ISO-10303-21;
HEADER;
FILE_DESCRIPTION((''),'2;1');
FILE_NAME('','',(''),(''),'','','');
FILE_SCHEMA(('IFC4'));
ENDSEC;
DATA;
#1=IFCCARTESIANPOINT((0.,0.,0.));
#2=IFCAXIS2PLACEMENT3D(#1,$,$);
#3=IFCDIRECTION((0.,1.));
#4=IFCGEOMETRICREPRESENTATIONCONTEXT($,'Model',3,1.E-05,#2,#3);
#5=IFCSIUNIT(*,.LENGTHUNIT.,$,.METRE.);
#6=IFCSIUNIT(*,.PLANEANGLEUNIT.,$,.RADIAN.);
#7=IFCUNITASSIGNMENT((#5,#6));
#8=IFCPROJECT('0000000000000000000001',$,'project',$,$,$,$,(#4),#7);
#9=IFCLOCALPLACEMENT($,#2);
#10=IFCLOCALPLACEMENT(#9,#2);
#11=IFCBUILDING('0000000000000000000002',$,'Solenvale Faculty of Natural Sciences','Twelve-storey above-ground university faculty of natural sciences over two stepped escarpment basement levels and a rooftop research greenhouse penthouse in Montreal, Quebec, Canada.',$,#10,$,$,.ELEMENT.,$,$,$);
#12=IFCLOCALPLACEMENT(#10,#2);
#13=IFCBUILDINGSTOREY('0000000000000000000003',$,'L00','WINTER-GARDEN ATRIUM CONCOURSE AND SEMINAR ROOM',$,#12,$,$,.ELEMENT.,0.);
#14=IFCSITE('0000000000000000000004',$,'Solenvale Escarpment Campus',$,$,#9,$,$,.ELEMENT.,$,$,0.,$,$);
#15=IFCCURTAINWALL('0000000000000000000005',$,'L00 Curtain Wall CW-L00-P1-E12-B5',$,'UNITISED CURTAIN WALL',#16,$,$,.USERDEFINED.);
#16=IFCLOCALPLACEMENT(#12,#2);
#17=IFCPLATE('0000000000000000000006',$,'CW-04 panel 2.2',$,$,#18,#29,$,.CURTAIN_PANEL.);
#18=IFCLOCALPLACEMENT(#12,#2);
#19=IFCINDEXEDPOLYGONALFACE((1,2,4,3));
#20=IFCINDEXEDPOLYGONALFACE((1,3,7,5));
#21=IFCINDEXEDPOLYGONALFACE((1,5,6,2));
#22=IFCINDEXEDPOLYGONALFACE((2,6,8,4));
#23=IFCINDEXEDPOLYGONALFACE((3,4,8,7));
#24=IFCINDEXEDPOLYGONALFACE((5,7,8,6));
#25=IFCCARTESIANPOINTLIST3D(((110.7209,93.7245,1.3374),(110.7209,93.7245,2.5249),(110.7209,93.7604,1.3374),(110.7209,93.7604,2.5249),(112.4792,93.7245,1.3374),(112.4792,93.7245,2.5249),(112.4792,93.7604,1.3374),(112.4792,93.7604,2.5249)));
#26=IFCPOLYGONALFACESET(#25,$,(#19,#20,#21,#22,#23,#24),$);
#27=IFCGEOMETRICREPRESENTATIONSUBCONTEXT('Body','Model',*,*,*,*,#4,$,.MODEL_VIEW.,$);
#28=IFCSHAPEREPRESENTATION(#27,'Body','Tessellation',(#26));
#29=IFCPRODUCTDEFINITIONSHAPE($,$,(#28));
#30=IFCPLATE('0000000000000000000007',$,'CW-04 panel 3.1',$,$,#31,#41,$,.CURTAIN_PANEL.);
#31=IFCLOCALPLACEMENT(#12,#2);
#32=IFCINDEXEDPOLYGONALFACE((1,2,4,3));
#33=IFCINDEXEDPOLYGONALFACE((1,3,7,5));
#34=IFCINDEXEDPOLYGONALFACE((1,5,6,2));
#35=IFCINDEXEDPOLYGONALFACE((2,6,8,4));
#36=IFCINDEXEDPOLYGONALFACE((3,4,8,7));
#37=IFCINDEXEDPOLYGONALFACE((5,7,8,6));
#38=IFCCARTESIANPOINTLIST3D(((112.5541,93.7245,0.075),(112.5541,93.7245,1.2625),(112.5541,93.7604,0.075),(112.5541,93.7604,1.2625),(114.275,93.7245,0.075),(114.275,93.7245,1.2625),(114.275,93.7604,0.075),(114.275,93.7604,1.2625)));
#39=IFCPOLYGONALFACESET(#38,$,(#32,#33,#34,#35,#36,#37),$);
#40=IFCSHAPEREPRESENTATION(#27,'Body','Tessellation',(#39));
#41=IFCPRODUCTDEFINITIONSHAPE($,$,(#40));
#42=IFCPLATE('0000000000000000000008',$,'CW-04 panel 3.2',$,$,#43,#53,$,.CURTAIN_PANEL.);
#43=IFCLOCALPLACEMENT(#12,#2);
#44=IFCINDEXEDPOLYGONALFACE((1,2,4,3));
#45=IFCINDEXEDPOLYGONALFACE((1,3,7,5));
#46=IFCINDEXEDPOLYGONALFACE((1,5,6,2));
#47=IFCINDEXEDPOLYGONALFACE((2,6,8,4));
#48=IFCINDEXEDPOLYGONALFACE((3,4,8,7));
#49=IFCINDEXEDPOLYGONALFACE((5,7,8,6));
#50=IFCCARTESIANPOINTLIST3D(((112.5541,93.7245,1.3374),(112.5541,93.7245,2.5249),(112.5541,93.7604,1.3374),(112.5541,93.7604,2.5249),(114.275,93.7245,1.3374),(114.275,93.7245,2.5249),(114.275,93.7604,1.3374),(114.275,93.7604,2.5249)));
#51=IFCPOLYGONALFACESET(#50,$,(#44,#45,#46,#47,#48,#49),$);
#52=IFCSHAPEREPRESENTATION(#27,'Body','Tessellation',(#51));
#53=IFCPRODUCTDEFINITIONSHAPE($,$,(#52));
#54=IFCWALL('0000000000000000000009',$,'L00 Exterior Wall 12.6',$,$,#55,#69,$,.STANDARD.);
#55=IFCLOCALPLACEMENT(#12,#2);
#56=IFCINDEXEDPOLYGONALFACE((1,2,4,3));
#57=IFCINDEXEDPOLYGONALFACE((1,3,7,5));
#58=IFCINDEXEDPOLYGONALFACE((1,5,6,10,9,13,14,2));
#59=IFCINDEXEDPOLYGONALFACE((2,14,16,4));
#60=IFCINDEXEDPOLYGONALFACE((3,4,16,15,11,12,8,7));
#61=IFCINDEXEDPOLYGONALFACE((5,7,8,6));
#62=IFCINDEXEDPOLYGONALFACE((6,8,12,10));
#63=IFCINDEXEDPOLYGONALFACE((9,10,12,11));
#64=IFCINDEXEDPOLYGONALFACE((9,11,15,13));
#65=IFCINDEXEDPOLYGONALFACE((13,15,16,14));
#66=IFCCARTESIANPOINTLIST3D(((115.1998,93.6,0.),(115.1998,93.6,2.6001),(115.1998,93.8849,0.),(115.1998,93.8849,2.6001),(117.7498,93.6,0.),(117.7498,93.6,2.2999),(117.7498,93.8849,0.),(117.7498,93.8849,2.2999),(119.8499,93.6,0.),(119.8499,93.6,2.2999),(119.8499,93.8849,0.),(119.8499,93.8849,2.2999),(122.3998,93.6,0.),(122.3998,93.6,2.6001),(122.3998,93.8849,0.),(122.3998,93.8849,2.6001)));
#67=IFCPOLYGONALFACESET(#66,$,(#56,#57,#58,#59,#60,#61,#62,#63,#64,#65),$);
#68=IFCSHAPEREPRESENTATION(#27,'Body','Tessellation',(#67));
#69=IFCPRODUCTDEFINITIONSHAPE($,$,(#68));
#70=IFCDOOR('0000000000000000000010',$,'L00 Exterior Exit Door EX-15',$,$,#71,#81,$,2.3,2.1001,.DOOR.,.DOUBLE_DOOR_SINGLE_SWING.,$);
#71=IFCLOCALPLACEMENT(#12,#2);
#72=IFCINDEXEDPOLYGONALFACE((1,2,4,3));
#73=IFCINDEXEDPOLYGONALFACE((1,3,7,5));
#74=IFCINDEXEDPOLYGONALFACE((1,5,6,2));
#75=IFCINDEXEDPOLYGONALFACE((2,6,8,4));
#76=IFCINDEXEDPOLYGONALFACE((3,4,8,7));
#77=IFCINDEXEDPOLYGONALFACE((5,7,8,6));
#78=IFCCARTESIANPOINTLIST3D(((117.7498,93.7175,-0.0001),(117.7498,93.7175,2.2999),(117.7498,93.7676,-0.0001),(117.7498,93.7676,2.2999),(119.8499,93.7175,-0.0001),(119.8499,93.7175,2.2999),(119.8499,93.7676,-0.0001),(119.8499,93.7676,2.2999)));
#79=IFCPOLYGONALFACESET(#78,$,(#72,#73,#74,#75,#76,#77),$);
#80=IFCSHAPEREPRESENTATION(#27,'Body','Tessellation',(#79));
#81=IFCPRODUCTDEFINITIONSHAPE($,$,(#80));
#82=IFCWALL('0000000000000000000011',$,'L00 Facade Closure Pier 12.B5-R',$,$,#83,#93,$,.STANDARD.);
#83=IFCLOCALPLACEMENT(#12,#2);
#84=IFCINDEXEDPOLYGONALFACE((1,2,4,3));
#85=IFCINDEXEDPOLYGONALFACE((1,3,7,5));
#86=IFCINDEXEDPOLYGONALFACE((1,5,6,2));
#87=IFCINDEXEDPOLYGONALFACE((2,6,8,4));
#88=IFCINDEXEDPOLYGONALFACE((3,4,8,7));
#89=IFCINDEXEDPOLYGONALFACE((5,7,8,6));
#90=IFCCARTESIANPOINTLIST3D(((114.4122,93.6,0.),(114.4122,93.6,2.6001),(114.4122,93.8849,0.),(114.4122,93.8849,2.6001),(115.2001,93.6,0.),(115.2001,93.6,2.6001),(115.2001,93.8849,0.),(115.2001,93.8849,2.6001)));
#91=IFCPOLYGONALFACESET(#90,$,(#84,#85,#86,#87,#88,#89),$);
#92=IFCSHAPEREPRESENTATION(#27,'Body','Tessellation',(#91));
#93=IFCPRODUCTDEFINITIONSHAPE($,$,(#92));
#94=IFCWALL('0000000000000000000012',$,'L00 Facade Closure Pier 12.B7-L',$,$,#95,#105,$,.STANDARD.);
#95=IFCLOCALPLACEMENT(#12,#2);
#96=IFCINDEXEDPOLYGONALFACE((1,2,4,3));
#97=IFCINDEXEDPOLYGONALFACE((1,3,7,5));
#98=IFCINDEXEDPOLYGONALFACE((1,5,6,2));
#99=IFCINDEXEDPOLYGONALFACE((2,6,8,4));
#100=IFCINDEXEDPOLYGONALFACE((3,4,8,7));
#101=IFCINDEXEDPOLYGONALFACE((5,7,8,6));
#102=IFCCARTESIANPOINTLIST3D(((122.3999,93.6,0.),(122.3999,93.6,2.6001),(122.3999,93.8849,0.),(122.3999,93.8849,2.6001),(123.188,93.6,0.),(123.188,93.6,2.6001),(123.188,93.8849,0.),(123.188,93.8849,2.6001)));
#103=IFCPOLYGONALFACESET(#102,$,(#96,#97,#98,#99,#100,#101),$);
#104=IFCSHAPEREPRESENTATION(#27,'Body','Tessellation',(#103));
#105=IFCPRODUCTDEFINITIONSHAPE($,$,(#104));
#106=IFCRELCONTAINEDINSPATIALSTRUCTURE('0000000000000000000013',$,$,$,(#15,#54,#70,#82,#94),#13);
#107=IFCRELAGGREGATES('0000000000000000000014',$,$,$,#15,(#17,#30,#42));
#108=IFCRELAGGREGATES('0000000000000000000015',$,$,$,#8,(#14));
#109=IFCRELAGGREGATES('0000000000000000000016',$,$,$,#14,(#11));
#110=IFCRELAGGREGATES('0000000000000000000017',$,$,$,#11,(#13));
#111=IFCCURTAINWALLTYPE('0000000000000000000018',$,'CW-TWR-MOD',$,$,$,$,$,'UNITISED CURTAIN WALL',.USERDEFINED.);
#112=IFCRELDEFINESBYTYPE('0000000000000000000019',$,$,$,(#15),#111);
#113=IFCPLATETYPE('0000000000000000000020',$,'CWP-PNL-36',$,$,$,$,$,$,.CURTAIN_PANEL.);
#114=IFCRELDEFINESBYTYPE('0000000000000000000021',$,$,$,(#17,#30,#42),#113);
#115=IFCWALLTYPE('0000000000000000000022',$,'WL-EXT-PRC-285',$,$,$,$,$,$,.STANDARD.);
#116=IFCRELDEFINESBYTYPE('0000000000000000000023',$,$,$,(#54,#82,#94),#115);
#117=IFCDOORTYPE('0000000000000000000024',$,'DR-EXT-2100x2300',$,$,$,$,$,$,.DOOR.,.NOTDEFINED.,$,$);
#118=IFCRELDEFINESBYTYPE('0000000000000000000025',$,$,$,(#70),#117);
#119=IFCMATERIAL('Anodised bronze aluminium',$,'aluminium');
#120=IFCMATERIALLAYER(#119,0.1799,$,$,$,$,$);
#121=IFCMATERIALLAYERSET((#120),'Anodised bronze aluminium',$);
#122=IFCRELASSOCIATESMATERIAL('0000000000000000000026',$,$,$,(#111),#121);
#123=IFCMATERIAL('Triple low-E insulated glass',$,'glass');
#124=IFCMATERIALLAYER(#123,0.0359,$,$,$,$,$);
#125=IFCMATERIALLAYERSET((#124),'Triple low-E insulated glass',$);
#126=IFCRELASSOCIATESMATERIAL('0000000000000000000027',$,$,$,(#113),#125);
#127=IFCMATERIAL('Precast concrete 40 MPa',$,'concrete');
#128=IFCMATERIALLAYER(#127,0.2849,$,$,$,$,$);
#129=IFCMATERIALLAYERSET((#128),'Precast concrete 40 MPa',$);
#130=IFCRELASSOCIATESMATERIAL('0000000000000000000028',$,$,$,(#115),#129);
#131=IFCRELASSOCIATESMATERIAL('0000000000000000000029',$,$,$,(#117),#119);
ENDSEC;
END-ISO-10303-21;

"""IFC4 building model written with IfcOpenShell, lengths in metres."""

from ifc_helpers import new_model, si_unit, direction, frame, frame_2d, origin, origin_2d, place, context, subcontext, project, spatial, rectangle, extrude, material, layer, layer_set, type_object, element, fill, aggregate, save


model = new_model("IFC4")

# Units and contexts
model_context = context("Model", 3, precision=1e-05, world=origin(), true_north=direction((0.0, 1.0)))
body_context = subcontext(model_context, "Body", "Model", "MODEL_VIEW")
ifc_project = project(units=[si_unit("LENGTHUNIT", "METRE"), si_unit("PLANEANGLEUNIT", "RADIAN")], contexts=[model_context])

# Site, building, storey
site_placement = place(None, origin())
site = spatial("IfcSite", under=ifc_project, at=site_placement, Name="Solenvale Escarpment Campus", CompositionType="ELEMENT", RefElevation=0.0)
building_placement = place(site_placement, origin())
building = spatial("IfcBuilding", under=site, at=building_placement, Name="Solenvale Faculty of Natural Sciences", Description="Twelve-storey above-ground university faculty of natural sciences over two stepped escarpment basement levels and a rooftop research greenhouse penthouse in Montreal, Quebec, Canada.", CompositionType="ELEMENT")
storey_placement = place(building_placement, origin())
storey = spatial("IfcBuildingStorey", under=building, at=storey_placement, Name="L00", Description="WINTER-GARDEN ATRIUM CONCOURSE AND SEMINAR ROOM", CompositionType="ELEMENT", Elevation=0.0)

# Curtain wall
ifc_material_1 = material(Name="Anodised bronze aluminium", Category="aluminium")
ifc_layer_1 = layer(ifc_material_1, 0.1799)
ifc_layer_set_1 = layer_set([ifc_layer_1], Name="Anodised bronze aluminium")
curtain_wall_type = type_object("IfcCurtainWallType", Name="CW-TWR-MOD", ElementType="UNITISED CURTAIN WALL", PredefinedType="USERDEFINED", material=ifc_layer_set_1)
curtain_wall_1_placement = place(storey_placement, origin())
curtain_wall_1 = element("IfcCurtainWall", 1, at=curtain_wall_1_placement, inside=storey, type_object=curtain_wall_type, Name="L00 Curtain Wall CW-L00-P1-E12-B5", ObjectType="UNITISED CURTAIN WALL", PredefinedType="USERDEFINED")

# Plates
ifc_material_2 = material(Name="Triple low-E insulated glass", Category="glass")
ifc_layer_2 = layer(ifc_material_2, 0.0359)
ifc_layer_set_2 = layer_set([ifc_layer_2], Name="Triple low-E insulated glass")
plate_type = type_object("IfcPlateType", Name="CWP-PNL-36", PredefinedType="CURTAIN_PANEL", material=ifc_layer_set_2)
plate_1_placement = place(storey_placement, frame((111.6001, 93.7424, 1.3374), z_axis=(0.0, 0.0, 1.0), x_axis=(1.0, 0.0, 0.0)))
plate_1 = element("IfcPlate", 2, at=plate_1_placement, type_object=plate_type, Name="CW-04 panel 2.2", PredefinedType="CURTAIN_PANEL", context=body_context, shape_type="SweptSolid", body=[
    extrude(rectangle(XDim=1.7583, YDim=0.0359, at=origin_2d()), origin(), (0.0, 0.0, 1.0), 1.1875),
])
plate_2_placement = place(storey_placement, frame((113.4146, 93.7424, 0.075), z_axis=(0.0, 0.0, 1.0), x_axis=(1.0, 0.0, 0.0)))
plate_2 = element("IfcPlate", 3, at=plate_2_placement, type_object=plate_type, Name="CW-04 panel 3.1", PredefinedType="CURTAIN_PANEL", context=body_context, shape_type="SweptSolid", body=[
    extrude(rectangle(XDim=1.7209, YDim=0.0359, at=origin_2d()), origin(), (0.0, 0.0, 1.0), 1.1875),
])
plate_3_placement = place(storey_placement, frame((113.4146, 93.7424, 1.3374), z_axis=(0.0, 0.0, 1.0), x_axis=(1.0, 0.0, 0.0)))
plate_3 = element("IfcPlate", 4, at=plate_3_placement, type_object=plate_type, Name="CW-04 panel 3.2", PredefinedType="CURTAIN_PANEL", context=body_context, shape_type="SweptSolid", body=[
    extrude(rectangle(XDim=1.7209, YDim=0.0359, at=origin_2d()), origin(), (0.0, 0.0, 1.0), 1.1875),
])
aggregate(curtain_wall_1, [plate_1, plate_2, plate_3])

# Wall, opening, door
ifc_material_3 = material(Name="Precast concrete 40 MPa", Category="concrete")
ifc_layer_3 = layer(ifc_material_3, 0.2849)
ifc_layer_set_3 = layer_set([ifc_layer_3], Name="Precast concrete 40 MPa")
wall_type = type_object("IfcWallType", Name="WL-EXT-PRC-285", PredefinedType="STANDARD", material=ifc_layer_set_3)
wall_1_placement = place(storey_placement, frame((122.3999, 93.7424, 0.0), z_axis=(0.0, 0.0, 1.0), x_axis=(-1.0, 0.0, 0.0)))
wall_1 = element("IfcWall", 5, at=wall_1_placement, inside=storey, type_object=wall_type, Name="L00 Exterior Wall 12.6", PredefinedType="STANDARD", context=body_context, shape_type="SweptSolid", body=[
    extrude(rectangle(XDim=7.2, YDim=0.2849, at=frame_2d((3.6001, 0.0))), origin(), (0.0, 0.0, 1.0), 2.6001),
])
opening_placement = place(wall_1_placement, frame((2.55, 0.0, 0.0)))
opening = element("IfcOpeningElement", 6, at=opening_placement, cuts=wall_1, PredefinedType="OPENING", context=body_context, shape_type="SweptSolid", body=[
    extrude(rectangle(XDim=2.1001, YDim=2.3, at=frame_2d((1.05, 1.1499))), frame((0.0, 0.1523, 0.0), z_axis=(0.0, -1.0, 0.0), x_axis=(1.0, 0.0, 0.0)), (0.0, 0.0, 1.0), 0.3049),
])
door_type = type_object("IfcDoorType", Name="DR-EXT-2100x2300", OperationType="NOTDEFINED", PredefinedType="DOOR", material=ifc_material_1)
door_placement = place(opening_placement, origin())
door = element("IfcDoor", 7, at=door_placement, inside=storey, type_object=door_type, Name="L00 Exterior Exit Door EX-15", OperationType="DOUBLE_DOOR_SINGLE_SWING", OverallHeight=2.3, OverallWidth=2.1001, PredefinedType="DOOR", context=body_context, shape_type="SweptSolid", body=[
    extrude(rectangle(XDim=2.1001, YDim=2.3, at=frame_2d((1.05, 1.1499))), frame((0.0, 0.0249, 0.0), z_axis=(0.0, -1.0, 0.0), x_axis=(1.0, 0.0, 0.0)), (0.0, 0.0, 1.0), 0.05),
])
fill(opening, door)

# Walls
wall_2_placement = place(storey_placement, frame((114.4121, 93.7424, 0.0), z_axis=(0.0, 0.0, 1.0), x_axis=(1.0, 0.0, 0.0)))
element("IfcWall", 8, at=wall_2_placement, inside=storey, type_object=wall_type, Name="L00 Facade Closure Pier 12.B5-R", PredefinedType="STANDARD", context=body_context, shape_type="SweptSolid", body=[
    extrude(rectangle(XDim=0.7878, YDim=0.2849, at=frame_2d((0.394, 0.0))), origin(), (0.0, 0.0, 1.0), 2.6001),
])
wall_3_placement = place(storey_placement, frame((122.3999, 93.7424, 0.0), z_axis=(0.0, 0.0, 1.0), x_axis=(1.0, 0.0, 0.0)))
element("IfcWall", 9, at=wall_3_placement, inside=storey, type_object=wall_type, Name="L00 Facade Closure Pier 12.B7-L", PredefinedType="STANDARD", context=body_context, shape_type="SweptSolid", body=[
    extrude(rectangle(XDim=0.7881, YDim=0.2849, at=frame_2d((0.394, 0.0))), origin(), (0.0, 0.0, 1.0), 2.6001),
])

save(model, "model.ifc")
